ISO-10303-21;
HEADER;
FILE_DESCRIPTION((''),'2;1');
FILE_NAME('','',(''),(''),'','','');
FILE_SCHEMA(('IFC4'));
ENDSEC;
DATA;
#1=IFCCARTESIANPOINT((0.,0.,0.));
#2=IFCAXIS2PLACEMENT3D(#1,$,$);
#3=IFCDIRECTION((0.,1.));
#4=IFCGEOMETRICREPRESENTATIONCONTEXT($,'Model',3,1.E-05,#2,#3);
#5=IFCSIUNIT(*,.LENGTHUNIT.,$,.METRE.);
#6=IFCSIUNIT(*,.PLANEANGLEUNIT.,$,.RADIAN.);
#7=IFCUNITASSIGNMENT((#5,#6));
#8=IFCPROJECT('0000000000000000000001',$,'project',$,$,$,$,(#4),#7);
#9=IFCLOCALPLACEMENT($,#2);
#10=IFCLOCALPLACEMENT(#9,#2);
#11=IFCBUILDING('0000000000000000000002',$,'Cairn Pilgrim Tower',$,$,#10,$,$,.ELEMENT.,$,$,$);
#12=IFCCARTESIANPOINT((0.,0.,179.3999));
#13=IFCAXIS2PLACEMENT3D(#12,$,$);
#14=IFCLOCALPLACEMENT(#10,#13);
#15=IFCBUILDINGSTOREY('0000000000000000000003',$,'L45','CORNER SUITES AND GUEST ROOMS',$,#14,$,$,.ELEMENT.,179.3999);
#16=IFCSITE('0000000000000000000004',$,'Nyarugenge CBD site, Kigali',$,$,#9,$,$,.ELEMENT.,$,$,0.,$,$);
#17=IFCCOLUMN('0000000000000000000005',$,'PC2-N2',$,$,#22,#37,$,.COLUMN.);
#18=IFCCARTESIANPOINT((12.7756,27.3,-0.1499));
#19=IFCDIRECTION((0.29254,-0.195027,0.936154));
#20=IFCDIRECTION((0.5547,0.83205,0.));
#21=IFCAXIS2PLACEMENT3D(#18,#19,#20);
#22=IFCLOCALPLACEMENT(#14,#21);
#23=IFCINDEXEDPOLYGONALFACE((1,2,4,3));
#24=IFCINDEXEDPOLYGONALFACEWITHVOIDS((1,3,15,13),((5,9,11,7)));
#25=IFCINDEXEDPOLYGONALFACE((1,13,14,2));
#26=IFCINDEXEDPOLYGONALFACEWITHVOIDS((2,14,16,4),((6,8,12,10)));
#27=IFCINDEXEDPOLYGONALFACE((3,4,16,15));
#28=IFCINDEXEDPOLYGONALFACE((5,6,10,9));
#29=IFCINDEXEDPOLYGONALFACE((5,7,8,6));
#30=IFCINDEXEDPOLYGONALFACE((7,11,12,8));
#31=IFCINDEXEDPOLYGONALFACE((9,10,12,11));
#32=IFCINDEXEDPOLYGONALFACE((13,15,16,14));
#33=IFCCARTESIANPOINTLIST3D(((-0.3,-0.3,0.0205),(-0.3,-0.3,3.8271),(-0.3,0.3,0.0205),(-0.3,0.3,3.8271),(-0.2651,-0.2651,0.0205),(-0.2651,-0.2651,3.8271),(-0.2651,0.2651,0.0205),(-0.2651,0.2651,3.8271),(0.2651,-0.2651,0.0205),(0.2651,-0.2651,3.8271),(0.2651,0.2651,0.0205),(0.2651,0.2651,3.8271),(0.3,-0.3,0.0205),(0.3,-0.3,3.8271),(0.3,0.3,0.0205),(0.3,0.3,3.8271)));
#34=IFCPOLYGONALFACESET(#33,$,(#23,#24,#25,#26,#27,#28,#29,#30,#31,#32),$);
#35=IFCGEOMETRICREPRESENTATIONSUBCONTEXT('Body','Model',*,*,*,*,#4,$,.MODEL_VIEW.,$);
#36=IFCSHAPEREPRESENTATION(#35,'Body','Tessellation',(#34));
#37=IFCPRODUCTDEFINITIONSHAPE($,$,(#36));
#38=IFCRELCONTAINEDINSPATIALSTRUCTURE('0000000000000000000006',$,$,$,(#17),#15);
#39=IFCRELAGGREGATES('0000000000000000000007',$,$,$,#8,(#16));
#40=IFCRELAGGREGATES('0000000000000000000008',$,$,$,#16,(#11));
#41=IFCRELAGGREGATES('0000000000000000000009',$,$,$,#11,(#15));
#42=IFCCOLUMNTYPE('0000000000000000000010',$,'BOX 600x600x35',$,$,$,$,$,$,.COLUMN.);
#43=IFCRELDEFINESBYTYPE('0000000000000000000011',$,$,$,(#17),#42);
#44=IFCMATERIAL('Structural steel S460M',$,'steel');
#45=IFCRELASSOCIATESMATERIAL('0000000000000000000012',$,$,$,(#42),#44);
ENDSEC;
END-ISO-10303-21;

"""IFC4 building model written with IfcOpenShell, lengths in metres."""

from ifc_helpers import new_model, si_unit, direction, frame, origin, origin_2d, place, context, subcontext, project, spatial, hollow_rectangle, extrude, clip, halfspace, material, material_profile, profile_set, type_object, element, save


model = new_model("IFC4")

# Units and contexts
model_context = context("Model", 3, precision=1e-05, world=origin(), true_north=direction((0.0, 1.0)))
body_context = subcontext(model_context, "Body", "Model", "MODEL_VIEW")
ifc_project = project(units=[si_unit("LENGTHUNIT", "METRE"), si_unit("PLANEANGLEUNIT", "RADIAN")], contexts=[model_context])

# Site, building, storey
site_placement = place(None, origin())
site = spatial("IfcSite", under=ifc_project, at=site_placement, Name="Nyarugenge CBD site, Kigali", CompositionType="ELEMENT", RefElevation=0.0)
building_placement = place(site_placement, origin())
building = spatial("IfcBuilding", under=site, at=building_placement, Name="Cairn Pilgrim Tower", CompositionType="ELEMENT")
storey_placement = place(building_placement, frame((0.0, 0.0, 179.3999)))
storey = spatial("IfcBuildingStorey", under=building, at=storey_placement, Name="L45", Description="CORNER SUITES AND GUEST ROOMS", CompositionType="ELEMENT", Elevation=179.3999)

# Column
ifc_material_1 = material(Name="Structural steel S460M", Category="steel")
ifc_material_profile_1 = material_profile(ifc_material_1, hollow_rectangle(XDim=0.6001, YDim=0.6001, WallThickness=0.0349, at=origin_2d()), Name="BOX 600x600x35")
ifc_profile_set_1 = profile_set([ifc_material_profile_1], Name="Structural steel S460M")
column_type_1 = type_object("IfcColumnType", Name="BOX 600x600x35", PredefinedType="COLUMN", material=ifc_profile_set_1)
column_placement = place(storey_placement, frame((12.7756, 27.3, -0.1499), z_axis=(0.29254, -0.195027, 0.936154), x_axis=(0.5547, 0.83205, 0.0)))
element("IfcColumn", 1, at=column_placement, inside=storey, type_object=column_type_1, Name="PC2-N2", PredefinedType="COLUMN", context=body_context, shape_type="Clipping", body=[
    clip(clip(extrude(hollow_rectangle(XDim=0.6001, YDim=0.6001, WallThickness=0.0349, at=origin_2d()), origin(), (0.0, 0.0, 1.0), 3.8457), halfspace(frame((0.0, 0.0, 0.0205), z_axis=(0.0, 0.0, 1.0), x_axis=(1.0, 0.0, 0.0)), True)), halfspace(frame((0.0, 0.0, 3.8271), z_axis=(0.0, 0.0, 1.0), x_axis=(1.0, 0.0, 0.0)), False)),
])

save(model, "model.ifc")
